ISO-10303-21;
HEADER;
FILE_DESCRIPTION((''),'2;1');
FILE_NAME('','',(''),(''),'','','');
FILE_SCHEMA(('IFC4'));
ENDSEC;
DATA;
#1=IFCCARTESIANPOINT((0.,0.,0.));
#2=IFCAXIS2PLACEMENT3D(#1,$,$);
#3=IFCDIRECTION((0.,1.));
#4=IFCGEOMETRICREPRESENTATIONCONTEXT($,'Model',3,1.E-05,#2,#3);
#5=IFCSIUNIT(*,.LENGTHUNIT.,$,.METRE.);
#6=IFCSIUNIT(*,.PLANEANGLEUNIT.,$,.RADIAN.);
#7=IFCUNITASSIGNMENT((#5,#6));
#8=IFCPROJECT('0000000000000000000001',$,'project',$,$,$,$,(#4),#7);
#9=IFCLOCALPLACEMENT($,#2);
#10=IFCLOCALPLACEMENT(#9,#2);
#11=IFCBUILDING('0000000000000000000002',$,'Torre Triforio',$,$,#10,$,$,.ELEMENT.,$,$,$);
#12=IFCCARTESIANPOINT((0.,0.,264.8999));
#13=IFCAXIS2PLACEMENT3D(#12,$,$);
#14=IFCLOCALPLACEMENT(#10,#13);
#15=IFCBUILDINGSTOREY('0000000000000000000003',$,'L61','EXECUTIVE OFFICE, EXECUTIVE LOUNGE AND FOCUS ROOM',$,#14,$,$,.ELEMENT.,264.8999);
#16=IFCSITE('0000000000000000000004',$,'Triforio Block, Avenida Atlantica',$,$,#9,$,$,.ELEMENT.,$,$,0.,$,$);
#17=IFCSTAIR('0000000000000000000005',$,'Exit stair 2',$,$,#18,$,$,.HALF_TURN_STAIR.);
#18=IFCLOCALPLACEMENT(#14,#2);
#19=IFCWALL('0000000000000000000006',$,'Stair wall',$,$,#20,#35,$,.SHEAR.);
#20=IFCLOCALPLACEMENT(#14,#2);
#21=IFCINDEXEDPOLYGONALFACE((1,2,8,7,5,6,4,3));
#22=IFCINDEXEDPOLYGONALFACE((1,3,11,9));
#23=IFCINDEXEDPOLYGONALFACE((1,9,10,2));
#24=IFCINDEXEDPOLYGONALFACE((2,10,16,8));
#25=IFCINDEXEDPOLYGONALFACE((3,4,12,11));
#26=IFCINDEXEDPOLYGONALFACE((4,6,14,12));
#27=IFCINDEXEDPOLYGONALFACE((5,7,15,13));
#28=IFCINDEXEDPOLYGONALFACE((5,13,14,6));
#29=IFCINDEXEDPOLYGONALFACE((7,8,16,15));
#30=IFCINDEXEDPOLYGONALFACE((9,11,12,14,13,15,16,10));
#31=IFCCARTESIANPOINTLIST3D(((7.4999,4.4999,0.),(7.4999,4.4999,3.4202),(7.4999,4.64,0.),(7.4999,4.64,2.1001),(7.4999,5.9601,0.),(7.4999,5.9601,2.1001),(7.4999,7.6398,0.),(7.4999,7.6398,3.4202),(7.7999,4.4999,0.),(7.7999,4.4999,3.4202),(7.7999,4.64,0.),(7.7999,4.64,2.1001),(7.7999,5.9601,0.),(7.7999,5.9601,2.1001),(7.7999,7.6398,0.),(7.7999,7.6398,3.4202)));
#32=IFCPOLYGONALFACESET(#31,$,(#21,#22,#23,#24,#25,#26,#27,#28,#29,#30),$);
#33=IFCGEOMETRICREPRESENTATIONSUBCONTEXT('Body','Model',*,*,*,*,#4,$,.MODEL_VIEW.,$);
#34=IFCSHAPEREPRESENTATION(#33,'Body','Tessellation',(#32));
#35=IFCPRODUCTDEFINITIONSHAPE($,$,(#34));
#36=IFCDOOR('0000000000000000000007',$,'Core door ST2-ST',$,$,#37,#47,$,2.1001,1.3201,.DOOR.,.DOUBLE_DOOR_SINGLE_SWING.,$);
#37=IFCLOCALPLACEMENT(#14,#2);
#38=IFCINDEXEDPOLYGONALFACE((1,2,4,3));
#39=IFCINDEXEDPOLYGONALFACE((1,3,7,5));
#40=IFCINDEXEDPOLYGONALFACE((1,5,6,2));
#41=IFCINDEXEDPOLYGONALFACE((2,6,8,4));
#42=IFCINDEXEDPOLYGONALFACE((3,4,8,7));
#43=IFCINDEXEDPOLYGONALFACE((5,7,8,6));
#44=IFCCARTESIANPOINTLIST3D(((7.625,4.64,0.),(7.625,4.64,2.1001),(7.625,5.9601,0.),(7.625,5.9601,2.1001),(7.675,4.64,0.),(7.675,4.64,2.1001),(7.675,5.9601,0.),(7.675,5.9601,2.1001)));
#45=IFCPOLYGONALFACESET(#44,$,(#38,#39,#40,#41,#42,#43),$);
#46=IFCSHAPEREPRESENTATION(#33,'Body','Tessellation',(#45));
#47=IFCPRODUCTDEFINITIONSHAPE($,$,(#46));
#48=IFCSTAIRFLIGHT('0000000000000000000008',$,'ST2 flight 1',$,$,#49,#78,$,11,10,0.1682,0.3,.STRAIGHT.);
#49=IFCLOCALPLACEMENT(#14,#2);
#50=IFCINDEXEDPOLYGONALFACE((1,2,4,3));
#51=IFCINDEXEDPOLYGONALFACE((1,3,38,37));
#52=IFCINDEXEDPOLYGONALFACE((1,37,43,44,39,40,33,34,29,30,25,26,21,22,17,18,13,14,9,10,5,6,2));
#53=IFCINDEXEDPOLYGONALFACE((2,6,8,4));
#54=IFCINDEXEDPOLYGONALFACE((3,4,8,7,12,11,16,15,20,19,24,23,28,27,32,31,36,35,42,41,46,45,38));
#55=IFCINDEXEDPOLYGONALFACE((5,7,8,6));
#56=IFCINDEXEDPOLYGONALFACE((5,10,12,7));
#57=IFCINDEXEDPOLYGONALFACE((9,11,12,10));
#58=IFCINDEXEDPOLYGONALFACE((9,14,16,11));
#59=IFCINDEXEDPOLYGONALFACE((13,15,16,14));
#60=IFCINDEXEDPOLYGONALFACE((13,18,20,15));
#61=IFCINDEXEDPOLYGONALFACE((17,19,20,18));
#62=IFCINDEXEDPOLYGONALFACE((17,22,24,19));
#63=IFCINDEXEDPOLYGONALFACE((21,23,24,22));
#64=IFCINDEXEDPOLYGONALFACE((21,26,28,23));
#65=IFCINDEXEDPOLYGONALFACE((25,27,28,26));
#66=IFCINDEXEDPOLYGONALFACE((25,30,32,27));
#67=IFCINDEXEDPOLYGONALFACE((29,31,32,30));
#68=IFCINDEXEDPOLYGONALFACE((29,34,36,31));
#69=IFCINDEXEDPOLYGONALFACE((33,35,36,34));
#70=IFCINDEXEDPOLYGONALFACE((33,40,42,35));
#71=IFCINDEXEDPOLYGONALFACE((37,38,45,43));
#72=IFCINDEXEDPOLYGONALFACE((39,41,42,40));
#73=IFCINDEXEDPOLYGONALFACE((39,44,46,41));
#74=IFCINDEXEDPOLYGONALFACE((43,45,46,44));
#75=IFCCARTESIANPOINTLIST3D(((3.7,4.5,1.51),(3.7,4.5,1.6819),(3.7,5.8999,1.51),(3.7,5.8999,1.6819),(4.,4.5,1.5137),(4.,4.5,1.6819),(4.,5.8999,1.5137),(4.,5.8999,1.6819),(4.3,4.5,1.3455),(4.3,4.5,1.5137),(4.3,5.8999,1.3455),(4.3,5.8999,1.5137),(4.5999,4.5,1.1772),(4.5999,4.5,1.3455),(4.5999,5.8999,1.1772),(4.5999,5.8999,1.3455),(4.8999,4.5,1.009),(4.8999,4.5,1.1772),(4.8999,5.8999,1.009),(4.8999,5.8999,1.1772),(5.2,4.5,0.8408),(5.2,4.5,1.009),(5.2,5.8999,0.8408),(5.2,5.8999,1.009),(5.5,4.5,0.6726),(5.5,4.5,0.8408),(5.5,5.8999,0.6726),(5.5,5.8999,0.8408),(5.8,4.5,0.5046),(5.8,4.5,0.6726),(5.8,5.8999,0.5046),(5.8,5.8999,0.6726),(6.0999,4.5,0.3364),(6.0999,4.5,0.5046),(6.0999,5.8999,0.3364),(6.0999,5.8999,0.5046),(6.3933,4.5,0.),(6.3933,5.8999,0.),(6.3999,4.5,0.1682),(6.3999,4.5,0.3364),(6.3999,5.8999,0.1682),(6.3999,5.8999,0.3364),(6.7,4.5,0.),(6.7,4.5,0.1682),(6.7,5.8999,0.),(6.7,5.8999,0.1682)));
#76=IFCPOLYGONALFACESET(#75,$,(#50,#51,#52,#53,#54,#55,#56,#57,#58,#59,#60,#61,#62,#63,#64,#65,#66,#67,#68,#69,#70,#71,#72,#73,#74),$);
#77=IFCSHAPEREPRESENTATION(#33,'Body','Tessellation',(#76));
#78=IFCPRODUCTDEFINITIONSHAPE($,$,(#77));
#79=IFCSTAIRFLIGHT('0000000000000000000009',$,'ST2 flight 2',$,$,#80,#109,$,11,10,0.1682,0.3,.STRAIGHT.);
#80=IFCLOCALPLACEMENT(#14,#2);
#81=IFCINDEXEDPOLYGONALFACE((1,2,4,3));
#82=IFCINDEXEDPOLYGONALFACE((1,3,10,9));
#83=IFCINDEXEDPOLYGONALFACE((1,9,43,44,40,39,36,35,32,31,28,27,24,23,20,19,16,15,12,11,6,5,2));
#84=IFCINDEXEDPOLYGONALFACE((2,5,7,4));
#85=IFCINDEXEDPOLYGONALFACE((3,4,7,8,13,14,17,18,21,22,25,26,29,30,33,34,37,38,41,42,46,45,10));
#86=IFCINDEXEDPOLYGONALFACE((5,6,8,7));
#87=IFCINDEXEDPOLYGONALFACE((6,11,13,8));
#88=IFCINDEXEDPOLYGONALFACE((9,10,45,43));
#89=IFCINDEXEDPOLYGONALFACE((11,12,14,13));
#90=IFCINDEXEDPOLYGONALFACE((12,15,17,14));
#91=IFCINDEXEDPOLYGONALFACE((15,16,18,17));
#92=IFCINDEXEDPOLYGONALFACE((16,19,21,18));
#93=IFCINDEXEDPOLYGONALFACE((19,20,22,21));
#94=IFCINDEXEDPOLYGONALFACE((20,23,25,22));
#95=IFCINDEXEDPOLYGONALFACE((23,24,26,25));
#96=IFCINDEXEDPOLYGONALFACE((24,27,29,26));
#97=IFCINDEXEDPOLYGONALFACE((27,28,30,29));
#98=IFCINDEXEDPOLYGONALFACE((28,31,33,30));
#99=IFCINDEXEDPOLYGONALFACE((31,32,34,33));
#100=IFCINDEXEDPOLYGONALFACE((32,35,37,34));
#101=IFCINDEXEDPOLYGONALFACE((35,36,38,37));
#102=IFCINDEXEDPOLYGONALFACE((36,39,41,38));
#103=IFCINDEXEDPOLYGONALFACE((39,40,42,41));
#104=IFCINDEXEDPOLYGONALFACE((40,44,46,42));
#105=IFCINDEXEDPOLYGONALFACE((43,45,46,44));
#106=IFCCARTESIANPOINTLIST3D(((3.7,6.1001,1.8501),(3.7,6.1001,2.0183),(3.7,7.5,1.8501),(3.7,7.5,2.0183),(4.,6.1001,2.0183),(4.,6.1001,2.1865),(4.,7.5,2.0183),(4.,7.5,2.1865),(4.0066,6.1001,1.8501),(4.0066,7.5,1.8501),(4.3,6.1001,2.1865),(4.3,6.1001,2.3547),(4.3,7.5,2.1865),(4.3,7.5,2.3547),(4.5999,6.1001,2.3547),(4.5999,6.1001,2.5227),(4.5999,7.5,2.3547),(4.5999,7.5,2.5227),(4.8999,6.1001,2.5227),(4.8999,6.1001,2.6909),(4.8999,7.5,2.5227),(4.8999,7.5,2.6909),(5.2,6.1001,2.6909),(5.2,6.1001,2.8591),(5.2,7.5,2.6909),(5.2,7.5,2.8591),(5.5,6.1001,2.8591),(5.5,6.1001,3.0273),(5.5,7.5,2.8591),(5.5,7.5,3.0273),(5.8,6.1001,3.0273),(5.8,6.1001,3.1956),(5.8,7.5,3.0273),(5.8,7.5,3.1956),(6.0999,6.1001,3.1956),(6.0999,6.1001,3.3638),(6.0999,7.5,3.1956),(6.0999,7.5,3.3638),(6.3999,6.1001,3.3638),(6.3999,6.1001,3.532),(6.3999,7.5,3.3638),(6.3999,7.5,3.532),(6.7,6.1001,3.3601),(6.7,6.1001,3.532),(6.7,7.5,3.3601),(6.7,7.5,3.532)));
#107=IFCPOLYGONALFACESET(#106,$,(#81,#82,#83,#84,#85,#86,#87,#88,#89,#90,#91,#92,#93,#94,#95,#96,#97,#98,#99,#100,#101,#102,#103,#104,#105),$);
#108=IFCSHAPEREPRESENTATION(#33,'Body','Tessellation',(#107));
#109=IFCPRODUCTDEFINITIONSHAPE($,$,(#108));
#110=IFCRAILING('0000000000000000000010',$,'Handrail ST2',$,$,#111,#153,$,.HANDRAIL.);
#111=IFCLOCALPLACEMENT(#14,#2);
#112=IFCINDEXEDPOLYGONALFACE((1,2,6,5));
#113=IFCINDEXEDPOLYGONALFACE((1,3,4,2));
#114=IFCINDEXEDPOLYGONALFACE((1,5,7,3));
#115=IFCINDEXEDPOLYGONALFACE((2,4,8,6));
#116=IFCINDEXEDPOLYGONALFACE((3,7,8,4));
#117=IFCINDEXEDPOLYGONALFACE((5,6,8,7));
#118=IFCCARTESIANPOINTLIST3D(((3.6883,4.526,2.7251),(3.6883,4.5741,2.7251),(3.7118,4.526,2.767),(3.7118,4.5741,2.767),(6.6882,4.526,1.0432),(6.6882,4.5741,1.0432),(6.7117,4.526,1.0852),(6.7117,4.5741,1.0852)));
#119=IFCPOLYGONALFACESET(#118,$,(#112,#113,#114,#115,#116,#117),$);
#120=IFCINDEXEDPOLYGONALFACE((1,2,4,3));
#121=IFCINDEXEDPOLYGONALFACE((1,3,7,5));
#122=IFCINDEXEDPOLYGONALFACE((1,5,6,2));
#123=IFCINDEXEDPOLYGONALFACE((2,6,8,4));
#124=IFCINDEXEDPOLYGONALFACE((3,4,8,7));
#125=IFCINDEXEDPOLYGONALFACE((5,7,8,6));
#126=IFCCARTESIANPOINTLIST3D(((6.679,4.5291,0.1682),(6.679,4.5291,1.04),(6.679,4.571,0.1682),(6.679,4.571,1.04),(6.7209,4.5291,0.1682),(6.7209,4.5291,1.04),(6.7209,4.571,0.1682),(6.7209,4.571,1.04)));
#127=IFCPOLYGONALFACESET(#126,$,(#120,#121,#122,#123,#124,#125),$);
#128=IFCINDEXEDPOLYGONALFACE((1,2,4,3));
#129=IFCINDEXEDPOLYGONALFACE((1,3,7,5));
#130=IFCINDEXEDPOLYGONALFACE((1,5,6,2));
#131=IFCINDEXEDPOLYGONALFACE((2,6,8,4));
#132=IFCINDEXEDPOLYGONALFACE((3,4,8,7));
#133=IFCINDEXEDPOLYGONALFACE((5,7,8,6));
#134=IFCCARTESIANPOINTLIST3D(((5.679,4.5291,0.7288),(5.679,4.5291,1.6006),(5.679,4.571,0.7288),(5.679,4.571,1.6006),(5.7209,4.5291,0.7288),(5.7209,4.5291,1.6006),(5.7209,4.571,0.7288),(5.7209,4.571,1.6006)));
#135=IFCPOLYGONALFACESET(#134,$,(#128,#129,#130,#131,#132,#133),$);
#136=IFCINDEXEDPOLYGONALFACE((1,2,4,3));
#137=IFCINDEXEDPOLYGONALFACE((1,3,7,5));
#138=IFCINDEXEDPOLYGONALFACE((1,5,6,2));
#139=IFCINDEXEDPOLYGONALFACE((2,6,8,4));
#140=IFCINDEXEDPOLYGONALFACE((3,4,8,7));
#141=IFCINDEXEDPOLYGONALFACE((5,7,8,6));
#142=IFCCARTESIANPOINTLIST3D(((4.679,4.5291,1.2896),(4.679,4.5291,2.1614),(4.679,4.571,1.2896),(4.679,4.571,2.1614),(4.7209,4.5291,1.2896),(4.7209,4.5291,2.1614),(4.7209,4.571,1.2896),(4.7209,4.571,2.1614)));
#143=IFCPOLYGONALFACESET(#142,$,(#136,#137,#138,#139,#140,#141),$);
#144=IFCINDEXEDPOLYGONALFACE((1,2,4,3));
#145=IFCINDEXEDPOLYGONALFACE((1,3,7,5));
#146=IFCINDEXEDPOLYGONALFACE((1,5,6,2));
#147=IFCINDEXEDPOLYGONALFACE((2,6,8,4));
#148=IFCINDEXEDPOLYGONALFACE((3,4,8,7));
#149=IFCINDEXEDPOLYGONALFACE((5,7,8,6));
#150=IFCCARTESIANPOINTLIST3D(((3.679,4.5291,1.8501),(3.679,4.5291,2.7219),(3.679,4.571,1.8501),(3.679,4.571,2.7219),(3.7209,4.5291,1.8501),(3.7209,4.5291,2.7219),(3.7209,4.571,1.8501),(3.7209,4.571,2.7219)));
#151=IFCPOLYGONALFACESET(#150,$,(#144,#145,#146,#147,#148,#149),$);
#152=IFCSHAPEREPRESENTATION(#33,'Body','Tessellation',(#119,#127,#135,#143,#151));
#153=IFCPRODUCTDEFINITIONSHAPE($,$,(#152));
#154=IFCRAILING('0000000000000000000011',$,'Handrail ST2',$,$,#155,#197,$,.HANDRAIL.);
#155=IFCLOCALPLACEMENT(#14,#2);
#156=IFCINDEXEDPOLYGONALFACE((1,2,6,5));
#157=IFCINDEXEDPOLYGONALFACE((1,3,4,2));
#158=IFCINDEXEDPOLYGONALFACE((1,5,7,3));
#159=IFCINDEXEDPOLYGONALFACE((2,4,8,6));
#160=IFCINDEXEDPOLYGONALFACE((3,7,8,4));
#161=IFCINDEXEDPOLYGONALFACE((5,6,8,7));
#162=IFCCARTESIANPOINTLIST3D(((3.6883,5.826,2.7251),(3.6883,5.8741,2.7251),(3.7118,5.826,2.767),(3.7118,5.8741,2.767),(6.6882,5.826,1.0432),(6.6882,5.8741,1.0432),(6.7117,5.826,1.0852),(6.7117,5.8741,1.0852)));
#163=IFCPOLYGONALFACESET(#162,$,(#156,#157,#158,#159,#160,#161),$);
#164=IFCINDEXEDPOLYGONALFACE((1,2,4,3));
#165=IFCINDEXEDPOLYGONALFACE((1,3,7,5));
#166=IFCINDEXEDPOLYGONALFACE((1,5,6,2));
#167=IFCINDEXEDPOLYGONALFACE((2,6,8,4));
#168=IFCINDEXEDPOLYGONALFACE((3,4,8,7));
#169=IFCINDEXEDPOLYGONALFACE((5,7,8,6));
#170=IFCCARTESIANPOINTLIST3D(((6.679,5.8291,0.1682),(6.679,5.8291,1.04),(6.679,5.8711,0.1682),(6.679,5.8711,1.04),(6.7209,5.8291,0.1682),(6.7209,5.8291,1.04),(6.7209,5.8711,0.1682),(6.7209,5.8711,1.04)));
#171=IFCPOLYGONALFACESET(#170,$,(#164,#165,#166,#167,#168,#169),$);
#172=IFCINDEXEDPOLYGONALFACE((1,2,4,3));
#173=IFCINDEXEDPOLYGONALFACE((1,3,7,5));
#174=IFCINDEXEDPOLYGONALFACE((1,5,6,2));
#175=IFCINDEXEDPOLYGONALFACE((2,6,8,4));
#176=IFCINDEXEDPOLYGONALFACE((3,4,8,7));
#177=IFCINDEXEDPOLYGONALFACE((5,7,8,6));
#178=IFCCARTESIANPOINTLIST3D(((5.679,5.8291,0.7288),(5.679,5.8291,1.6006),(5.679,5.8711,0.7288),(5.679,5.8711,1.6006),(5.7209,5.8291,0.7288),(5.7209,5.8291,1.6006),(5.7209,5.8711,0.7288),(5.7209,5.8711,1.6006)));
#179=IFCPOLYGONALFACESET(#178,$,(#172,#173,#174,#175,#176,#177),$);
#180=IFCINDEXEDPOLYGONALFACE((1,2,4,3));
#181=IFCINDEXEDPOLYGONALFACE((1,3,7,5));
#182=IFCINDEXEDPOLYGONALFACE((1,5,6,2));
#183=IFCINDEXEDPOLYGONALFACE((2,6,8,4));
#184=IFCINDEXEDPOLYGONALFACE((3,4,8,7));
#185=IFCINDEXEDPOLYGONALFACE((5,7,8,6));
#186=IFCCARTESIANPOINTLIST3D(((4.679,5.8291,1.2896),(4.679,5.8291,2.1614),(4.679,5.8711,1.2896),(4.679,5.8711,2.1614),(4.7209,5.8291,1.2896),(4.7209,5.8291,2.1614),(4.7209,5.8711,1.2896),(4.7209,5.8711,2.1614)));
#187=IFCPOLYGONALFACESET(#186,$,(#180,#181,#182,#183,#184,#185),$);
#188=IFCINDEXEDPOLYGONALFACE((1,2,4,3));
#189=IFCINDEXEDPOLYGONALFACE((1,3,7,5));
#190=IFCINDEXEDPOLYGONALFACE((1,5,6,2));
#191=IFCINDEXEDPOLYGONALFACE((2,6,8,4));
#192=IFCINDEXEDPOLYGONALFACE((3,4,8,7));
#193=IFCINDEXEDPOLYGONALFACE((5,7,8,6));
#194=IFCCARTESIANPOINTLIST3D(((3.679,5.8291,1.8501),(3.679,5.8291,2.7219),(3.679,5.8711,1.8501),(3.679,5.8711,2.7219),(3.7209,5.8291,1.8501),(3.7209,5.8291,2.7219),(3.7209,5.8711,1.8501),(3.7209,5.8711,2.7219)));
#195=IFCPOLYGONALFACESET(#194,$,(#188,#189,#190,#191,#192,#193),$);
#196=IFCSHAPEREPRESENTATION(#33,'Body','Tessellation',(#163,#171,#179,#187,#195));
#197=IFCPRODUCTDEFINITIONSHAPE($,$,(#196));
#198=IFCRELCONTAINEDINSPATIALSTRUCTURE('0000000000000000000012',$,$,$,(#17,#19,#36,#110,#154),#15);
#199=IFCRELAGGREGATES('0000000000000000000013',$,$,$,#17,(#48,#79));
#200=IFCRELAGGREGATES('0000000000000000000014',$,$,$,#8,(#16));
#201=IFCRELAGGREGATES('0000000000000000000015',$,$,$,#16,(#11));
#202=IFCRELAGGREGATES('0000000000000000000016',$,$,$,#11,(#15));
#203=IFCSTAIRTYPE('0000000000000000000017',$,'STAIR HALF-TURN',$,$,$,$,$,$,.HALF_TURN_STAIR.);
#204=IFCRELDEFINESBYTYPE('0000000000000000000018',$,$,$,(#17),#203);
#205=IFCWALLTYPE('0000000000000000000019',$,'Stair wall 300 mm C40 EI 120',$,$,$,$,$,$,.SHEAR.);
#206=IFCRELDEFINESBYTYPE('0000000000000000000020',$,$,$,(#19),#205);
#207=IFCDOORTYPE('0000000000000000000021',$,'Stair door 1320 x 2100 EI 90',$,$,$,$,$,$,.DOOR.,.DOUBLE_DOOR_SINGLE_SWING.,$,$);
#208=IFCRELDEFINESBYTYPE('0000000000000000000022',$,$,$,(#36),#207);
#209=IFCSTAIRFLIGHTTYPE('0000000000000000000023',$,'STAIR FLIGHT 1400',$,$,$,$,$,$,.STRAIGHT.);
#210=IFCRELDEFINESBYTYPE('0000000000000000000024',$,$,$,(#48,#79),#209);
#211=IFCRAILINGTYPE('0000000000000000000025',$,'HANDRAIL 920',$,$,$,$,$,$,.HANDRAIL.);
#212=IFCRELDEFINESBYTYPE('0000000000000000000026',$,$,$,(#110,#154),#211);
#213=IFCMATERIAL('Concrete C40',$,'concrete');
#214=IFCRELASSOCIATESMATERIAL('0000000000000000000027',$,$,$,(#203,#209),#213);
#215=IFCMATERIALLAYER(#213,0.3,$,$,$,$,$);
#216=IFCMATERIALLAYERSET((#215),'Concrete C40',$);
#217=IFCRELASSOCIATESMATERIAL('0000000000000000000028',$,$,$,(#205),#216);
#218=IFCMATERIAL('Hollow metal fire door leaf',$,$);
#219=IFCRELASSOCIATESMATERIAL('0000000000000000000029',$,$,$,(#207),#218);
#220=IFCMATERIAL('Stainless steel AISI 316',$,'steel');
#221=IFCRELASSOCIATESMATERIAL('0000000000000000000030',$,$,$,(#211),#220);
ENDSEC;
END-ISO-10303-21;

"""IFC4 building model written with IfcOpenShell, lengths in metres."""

from ifc_helpers import new_model, si_unit, direction, frame, frame_2d, origin, origin_2d, place, context, subcontext, project, spatial, polyline, rectangle, outline, extrude, material, layer, layer_set, type_object, element, fill, aggregate, save


model = new_model("IFC4")

# Units and contexts
model_context = context("Model", 3, precision=1e-05, world=origin(), true_north=direction((0.0, 1.0)))
body_context = subcontext(model_context, "Body", "Model", "MODEL_VIEW")
ifc_project = project(units=[si_unit("LENGTHUNIT", "METRE"), si_unit("PLANEANGLEUNIT", "RADIAN")], contexts=[model_context])

# Site, building, storey
site_placement = place(None, origin())
site = spatial("IfcSite", under=ifc_project, at=site_placement, Name="Triforio Block, Avenida Atlantica", CompositionType="ELEMENT", RefElevation=0.0)
building_placement = place(site_placement, origin())
building = spatial("IfcBuilding", under=site, at=building_placement, Name="Torre Triforio", CompositionType="ELEMENT")
storey_placement = place(building_placement, frame((0.0, 0.0, 264.8999)))
storey = spatial("IfcBuildingStorey", under=building, at=storey_placement, Name="L61", Description="EXECUTIVE OFFICE, EXECUTIVE LOUNGE AND FOCUS ROOM", CompositionType="ELEMENT", Elevation=264.8999)

# Stair
ifc_material_1 = material(Name="Concrete C40", Category="concrete")
stair_type = type_object("IfcStairType", Name="STAIR HALF-TURN", PredefinedType="HALF_TURN_STAIR", material=ifc_material_1)
stair_1_placement = place(storey_placement, origin())
stair_1 = element("IfcStair", 1, at=stair_1_placement, inside=storey, type_object=stair_type, Name="Exit stair 2", PredefinedType="HALF_TURN_STAIR")

# Shared definitions
ifc_material_2 = material(Name="Hollow metal fire door leaf")

# Wall, opening, door
ifc_layer_1 = layer(ifc_material_1, 0.3)
ifc_layer_set_1 = layer_set([ifc_layer_1], Name="Concrete C40")
wall_type_1 = type_object("IfcWallType", Name="Stair wall 300 mm C40 EI 120", PredefinedType="SHEAR", material=ifc_layer_set_1)
wall_1_placement = place(storey_placement, frame((7.6499, 4.5, 0.0), z_axis=(0.0, 0.0, 1.0), x_axis=(0.0, 1.0, 0.0)))
wall_1 = element("IfcWall", 2, at=wall_1_placement, inside=storey, type_object=wall_type_1, Name="Stair wall", PredefinedType="SHEAR", context=body_context, shape_type="SweptSolid", body=[
    extrude(rectangle(XDim=3.1399, YDim=0.3, at=frame_2d((1.5698, 0.0))), origin(), (0.0, 0.0, 1.0), 3.4202),
])
opening_1_placement = place(wall_1_placement, frame((0.1399, 0.0, 0.0)))
opening_1 = element("IfcOpeningElement", 3, at=opening_1_placement, cuts=wall_1, PredefinedType="OPENING", context=body_context, shape_type="SweptSolid", body=[
    extrude(rectangle(XDim=1.3201, YDim=2.1001, at=frame_2d((0.6602, 1.05))), frame((0.0, 0.1599, 0.0), z_axis=(0.0, -1.0, 0.0), x_axis=(1.0, 0.0, 0.0)), (0.0, 0.0, 1.0), 0.3201),
])
door_type_1 = type_object("IfcDoorType", Name="Stair door 1320 x 2100 EI 90", OperationType="DOUBLE_DOOR_SINGLE_SWING", PredefinedType="DOOR", material=ifc_material_2)
door_1_placement = place(opening_1_placement, origin())
door_1 = element("IfcDoor", 4, at=door_1_placement, inside=storey, type_object=door_type_1, Name="Core door ST2-ST", OperationType="DOUBLE_DOOR_SINGLE_SWING", OverallHeight=2.1001, OverallWidth=1.3201, PredefinedType="DOOR", context=body_context, shape_type="SweptSolid", body=[
    extrude(rectangle(XDim=1.3201, YDim=2.1001, at=frame_2d((0.6602, 1.05))), frame((0.0, 0.0249, 0.0), z_axis=(0.0, -1.0, 0.0), x_axis=(1.0, 0.0, 0.0)), (0.0, 0.0, 1.0), 0.05),
])
fill(opening_1, door_1)

# Stair flights
stair_flight_type = type_object("IfcStairFlightType", Name="STAIR FLIGHT 1400", PredefinedType="STRAIGHT", material=ifc_material_1)
stair_flight_1_placement = place(storey_placement, frame((6.7, 5.2, 0.0), z_axis=(0.0, 0.0, 1.0), x_axis=(-1.0, 0.0, 0.0)))
stair_flight_1 = element("IfcStairFlight", 5, at=stair_flight_1_placement, type_object=stair_flight_type, Name="ST2 flight 1", NumberOfRisers=11, NumberOfTreads=10, PredefinedType="STRAIGHT", RiserHeight=0.1682, TreadLength=0.3, context=body_context, shape_type="SweptSolid", body=[
    extrude(outline(polyline([(0.0, 0.0), (0.0, 0.1682), (0.3, 0.1682), (0.3, 0.3364), (0.6001, 0.3364), (0.6001, 0.5046), (0.8999, 0.5046), (0.8999, 0.6726), (1.2, 0.6726), (1.2, 0.8408), (1.5, 0.8408), (1.5, 1.009), (1.8, 1.009), (1.8, 1.1772), (2.1001, 1.1772), (2.1001, 1.3455), (2.3999, 1.3455), (2.3999, 1.5137), (2.7, 1.5137), (2.7, 1.6819), (3.0, 1.6819), (3.0, 1.8501), (3.0, 1.51), (0.3066, 0.0), (0.0, 0.0)])), frame((0.0, 0.7, 0.0), z_axis=(0.0, -1.0, 0.0), x_axis=(1.0, 0.0, 0.0)), (0.0, 0.0, 1.0), 1.3999),
])
stair_flight_2_placement = place(storey_placement, frame((3.7, 6.8, 1.8501), z_axis=(0.0, 0.0, 1.0), x_axis=(1.0, 0.0, 0.0)))
stair_flight_2 = element("IfcStairFlight", 6, at=stair_flight_2_placement, type_object=stair_flight_type, Name="ST2 flight 2", NumberOfRisers=11, NumberOfTreads=10, PredefinedType="STRAIGHT", RiserHeight=0.1682, TreadLength=0.3, context=body_context, shape_type="SweptSolid", body=[
    extrude(outline(polyline([(0.0, 0.0), (0.0, 0.1682), (0.3, 0.1682), (0.3, 0.3364), (0.6001, 0.3364), (0.6001, 0.5046), (0.8999, 0.5046), (0.8999, 0.6726), (1.2, 0.6726), (1.2, 0.8408), (1.5, 0.8408), (1.5, 1.009), (1.8, 1.009), (1.8, 1.1772), (2.1001, 1.1772), (2.1001, 1.3455), (2.3999, 1.3455), (2.3999, 1.5137), (2.7, 1.5137), (2.7, 1.6819), (3.0, 1.6819), (3.0, 1.8501), (3.0, 1.51), (0.3066, 0.0), (0.0, 0.0)])), frame((0.0, 0.7, 0.0), z_axis=(0.0, -1.0, 0.0), x_axis=(1.0, 0.0, 0.0)), (0.0, 0.0, 1.0), 1.3999),
])
aggregate(stair_1, [stair_flight_1, stair_flight_2])

# Railings
ifc_material_3 = material(Name="Stainless steel AISI 316", Category="steel")
railing_type = type_object("IfcRailingType", Name="HANDRAIL 920", PredefinedType="HANDRAIL", material=ifc_material_3)
for number, where, name in (
    (7, (6.7, 4.55, 0.1682), "Handrail ST2"),
    (8, (6.7, 5.8501, 0.1682), "Handrail ST2"),
):
    element("IfcRailing", number, at=place(storey_placement, frame(where)), inside=storey, type_object=railing_type, Name=name, PredefinedType="HANDRAIL", context=body_context, shape_type="SweptSolid", body=[
        extrude(rectangle(XDim=0.0481, YDim=0.0481, at=origin_2d()), frame((0.0, 0.0, 0.896), z_axis=(-0.872272, 0.0, 0.48902), x_axis=(0.0, -1.0, 0.0)), (0.0, 0.0, 1.0), 3.4392),
        extrude(rectangle(XDim=0.042, YDim=0.042, at=origin_2d()), origin(), (0.0, 0.0, 1.0), 0.8718),
        extrude(rectangle(XDim=0.042, YDim=0.042, at=origin_2d()), frame((-1.0, 0.0, 0.5605)), (0.0, 0.0, 1.0), 0.8718),
        extrude(rectangle(XDim=0.042, YDim=0.042, at=origin_2d()), frame((-2.0, 0.0, 1.1213)), (0.0, 0.0, 1.0), 0.8718),
        extrude(rectangle(XDim=0.042, YDim=0.042, at=origin_2d()), frame((-3.0, 0.0, 1.6819)), (0.0, 0.0, 1.0), 0.8718),
    ])

save(model, "model.ifc")
